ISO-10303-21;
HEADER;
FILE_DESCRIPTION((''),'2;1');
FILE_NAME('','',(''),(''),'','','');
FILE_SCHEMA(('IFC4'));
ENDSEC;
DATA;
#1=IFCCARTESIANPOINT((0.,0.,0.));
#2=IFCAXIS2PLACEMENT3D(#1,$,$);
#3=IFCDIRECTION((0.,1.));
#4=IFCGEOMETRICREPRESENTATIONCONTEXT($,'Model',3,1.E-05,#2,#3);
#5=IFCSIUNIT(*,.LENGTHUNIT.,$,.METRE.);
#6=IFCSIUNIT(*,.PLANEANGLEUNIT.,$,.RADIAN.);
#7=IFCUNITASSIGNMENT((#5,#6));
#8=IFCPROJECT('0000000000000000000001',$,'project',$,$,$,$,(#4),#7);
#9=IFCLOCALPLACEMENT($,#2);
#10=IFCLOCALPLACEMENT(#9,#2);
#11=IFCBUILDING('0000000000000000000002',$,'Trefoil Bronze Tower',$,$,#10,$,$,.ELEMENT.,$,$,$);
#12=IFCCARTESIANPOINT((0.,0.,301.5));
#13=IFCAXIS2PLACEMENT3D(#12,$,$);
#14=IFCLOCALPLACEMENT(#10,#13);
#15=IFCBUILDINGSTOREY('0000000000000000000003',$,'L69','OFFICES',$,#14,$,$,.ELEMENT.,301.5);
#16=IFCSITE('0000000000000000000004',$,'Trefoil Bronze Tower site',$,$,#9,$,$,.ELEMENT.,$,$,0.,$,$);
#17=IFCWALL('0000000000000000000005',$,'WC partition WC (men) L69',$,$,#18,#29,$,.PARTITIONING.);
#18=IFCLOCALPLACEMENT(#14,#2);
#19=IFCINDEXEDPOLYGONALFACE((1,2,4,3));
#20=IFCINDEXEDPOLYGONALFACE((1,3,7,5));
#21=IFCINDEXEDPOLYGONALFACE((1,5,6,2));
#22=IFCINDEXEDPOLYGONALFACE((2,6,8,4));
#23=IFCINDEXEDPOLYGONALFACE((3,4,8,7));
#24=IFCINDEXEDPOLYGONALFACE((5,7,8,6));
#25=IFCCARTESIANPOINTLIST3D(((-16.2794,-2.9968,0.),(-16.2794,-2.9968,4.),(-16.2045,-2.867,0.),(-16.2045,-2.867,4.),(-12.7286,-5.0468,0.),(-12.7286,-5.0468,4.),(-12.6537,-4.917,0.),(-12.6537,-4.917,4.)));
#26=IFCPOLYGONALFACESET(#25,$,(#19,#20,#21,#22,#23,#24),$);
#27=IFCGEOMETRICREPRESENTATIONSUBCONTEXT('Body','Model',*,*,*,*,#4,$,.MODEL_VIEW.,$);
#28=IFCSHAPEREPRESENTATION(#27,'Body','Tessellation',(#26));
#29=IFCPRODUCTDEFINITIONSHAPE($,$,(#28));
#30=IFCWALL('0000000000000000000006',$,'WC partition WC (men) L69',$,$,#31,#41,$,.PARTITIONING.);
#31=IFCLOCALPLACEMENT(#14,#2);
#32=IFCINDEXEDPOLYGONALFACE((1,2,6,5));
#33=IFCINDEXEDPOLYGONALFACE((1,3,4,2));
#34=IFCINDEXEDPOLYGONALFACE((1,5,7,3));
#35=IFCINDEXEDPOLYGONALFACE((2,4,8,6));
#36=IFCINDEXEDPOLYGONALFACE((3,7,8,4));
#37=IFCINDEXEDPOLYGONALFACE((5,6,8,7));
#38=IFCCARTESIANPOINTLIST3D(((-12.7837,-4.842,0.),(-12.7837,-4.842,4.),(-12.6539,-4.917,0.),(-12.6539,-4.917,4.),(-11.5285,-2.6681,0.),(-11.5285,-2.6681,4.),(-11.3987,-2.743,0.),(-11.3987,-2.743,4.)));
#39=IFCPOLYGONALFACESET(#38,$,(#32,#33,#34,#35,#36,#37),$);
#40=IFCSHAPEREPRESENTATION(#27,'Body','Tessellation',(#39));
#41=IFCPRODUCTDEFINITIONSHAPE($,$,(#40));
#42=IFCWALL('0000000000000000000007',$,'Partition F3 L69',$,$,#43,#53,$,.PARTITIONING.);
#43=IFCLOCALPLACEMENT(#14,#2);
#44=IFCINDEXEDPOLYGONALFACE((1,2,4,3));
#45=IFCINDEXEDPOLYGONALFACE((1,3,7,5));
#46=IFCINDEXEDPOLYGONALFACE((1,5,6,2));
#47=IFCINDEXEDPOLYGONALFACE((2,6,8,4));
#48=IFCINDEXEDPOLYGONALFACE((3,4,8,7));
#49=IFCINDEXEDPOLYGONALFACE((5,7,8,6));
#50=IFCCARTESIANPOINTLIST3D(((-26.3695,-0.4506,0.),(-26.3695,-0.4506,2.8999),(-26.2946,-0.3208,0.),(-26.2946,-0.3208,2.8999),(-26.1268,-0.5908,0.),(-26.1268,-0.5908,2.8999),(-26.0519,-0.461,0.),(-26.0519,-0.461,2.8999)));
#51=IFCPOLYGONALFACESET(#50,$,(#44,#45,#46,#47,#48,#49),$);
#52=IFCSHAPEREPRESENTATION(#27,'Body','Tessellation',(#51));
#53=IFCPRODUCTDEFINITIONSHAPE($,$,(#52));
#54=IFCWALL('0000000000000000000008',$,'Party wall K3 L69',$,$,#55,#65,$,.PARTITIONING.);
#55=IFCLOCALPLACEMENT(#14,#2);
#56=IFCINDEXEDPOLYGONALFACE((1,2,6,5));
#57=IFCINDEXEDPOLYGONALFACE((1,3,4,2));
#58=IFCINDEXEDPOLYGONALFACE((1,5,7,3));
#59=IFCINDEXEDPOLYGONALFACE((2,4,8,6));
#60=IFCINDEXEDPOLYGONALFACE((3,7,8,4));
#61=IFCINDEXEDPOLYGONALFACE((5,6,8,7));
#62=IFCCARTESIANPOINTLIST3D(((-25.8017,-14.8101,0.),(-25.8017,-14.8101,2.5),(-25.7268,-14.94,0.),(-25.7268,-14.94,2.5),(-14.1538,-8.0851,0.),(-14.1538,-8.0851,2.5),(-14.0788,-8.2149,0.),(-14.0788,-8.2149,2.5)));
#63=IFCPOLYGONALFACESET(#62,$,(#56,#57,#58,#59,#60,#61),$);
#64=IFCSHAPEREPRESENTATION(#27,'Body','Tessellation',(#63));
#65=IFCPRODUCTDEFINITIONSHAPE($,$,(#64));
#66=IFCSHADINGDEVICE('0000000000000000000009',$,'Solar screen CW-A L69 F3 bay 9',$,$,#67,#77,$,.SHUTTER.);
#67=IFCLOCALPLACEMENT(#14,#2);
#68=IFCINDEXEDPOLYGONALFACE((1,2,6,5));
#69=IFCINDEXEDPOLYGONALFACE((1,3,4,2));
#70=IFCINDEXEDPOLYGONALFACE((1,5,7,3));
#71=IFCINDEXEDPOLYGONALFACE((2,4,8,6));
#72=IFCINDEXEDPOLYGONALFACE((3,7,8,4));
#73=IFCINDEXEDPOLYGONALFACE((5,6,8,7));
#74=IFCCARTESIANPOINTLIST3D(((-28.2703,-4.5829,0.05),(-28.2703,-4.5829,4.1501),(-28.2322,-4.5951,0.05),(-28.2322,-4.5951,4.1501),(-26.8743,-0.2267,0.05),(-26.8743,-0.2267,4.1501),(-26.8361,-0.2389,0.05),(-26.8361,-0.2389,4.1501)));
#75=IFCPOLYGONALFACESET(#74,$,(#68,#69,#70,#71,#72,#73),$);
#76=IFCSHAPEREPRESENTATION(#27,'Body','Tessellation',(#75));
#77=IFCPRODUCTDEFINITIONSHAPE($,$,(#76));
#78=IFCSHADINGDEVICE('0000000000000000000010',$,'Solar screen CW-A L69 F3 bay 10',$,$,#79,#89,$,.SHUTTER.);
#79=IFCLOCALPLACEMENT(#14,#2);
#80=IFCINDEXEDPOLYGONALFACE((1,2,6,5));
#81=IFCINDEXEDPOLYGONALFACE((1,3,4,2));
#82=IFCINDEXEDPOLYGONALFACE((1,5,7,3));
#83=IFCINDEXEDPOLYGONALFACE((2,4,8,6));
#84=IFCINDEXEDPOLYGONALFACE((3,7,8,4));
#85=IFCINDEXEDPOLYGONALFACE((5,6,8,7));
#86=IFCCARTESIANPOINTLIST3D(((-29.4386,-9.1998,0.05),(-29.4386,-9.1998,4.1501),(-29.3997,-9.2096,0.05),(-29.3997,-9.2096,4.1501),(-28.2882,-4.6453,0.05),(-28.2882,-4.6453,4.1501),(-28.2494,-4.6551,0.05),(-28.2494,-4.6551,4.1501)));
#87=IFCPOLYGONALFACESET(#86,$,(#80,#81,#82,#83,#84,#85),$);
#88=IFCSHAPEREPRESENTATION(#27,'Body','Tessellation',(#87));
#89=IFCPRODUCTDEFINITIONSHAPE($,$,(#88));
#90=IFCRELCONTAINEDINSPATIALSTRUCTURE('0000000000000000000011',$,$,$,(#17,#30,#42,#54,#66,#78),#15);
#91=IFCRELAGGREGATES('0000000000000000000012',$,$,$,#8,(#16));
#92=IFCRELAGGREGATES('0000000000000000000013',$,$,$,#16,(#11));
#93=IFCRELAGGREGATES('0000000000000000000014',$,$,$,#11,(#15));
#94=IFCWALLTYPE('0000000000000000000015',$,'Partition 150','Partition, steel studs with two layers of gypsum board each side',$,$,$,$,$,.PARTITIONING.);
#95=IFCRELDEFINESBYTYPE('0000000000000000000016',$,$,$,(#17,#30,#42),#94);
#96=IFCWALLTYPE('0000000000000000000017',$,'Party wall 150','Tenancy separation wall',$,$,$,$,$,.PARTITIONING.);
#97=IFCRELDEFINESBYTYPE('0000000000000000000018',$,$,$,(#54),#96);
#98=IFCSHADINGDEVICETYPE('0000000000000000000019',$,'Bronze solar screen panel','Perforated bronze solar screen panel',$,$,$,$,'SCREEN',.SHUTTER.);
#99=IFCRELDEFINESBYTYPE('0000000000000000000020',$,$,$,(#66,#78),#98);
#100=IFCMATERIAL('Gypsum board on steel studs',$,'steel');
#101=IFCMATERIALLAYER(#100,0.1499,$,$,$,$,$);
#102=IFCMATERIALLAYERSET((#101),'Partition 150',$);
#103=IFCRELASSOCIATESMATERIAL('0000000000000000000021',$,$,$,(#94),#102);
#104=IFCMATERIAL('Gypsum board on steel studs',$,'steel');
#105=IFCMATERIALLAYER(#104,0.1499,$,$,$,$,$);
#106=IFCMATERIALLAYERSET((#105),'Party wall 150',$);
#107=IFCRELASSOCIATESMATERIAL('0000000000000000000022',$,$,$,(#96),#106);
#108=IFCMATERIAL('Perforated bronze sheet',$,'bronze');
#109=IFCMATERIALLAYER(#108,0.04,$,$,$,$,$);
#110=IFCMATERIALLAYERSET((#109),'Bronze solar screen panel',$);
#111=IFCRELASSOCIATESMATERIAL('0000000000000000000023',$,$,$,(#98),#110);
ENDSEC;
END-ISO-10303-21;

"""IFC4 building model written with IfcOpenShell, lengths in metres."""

from ifc_helpers import new_model, si_unit, direction, frame, frame_2d, origin, origin_2d, place, context, subcontext, project, spatial, rectangle, extrude, material, layer, layer_set, type_object, element, save


model = new_model("IFC4")

# Units and contexts
model_context = context("Model", 3, precision=1e-05, world=origin(), true_north=direction((0.0, 1.0)))
body_context = subcontext(model_context, "Body", "Model", "MODEL_VIEW")
ifc_project = project(units=[si_unit("LENGTHUNIT", "METRE"), si_unit("PLANEANGLEUNIT", "RADIAN")], contexts=[model_context])

# Site, building, storey
site_placement = place(None, origin())
site = spatial("IfcSite", under=ifc_project, at=site_placement, Name="Trefoil Bronze Tower site", CompositionType="ELEMENT", RefElevation=0.0)
building_placement = place(site_placement, origin())
building = spatial("IfcBuilding", under=site, at=building_placement, Name="Trefoil Bronze Tower", CompositionType="ELEMENT")
storey_placement = place(building_placement, frame((0.0, 0.0, 301.5)))
storey = spatial("IfcBuildingStorey", under=building, at=storey_placement, Name="L69", Description="OFFICES", CompositionType="ELEMENT", Elevation=301.5)

# Walls
ifc_material_1 = material(Name="Gypsum board on steel studs", Category="steel")
ifc_layer_1 = layer(ifc_material_1, 0.1499)
ifc_layer_set_1 = layer_set([ifc_layer_1], Name="Partition 150")
wall_type_1 = type_object("IfcWallType", Name="Partition 150", Description="Partition, steel studs with two layers of gypsum board each side", PredefinedType="PARTITIONING", material=ifc_layer_set_1)
wall_1_placement = place(storey_placement, frame((-12.6912, -4.9819, 0.0), z_axis=(0.0, 0.0, 1.0), x_axis=(-0.866025, 0.500001, 0.0)))
element("IfcWall", 1, at=wall_1_placement, inside=storey, type_object=wall_type_1, Name="WC partition WC (men) L69", PredefinedType="PARTITIONING", context=body_context, shape_type="SweptSolid", body=[
    extrude(rectangle(XDim=4.1001, YDim=0.1499, at=frame_2d((2.05, 0.0))), origin(), (0.0, 0.0, 1.0), 4.0),
])
wall_2_placement = place(storey_placement, frame((-11.4636, -2.7056, 0.0), z_axis=(0.0, 0.0, 1.0), x_axis=(-0.50002, -0.866014, 0.0)))
element("IfcWall", 2, at=wall_2_placement, inside=storey, type_object=wall_type_1, Name="WC partition WC (men) L69", PredefinedType="PARTITIONING", context=body_context, shape_type="SweptSolid", body=[
    extrude(rectangle(XDim=2.5103, YDim=0.1499, at=frame_2d((1.2551, 0.0))), origin(), (0.0, 0.0, 1.0), 4.0),
])
wall_3_placement = place(storey_placement, frame((-26.0894, -0.5259, 0.0), z_axis=(0.0, 0.0, 1.0), x_axis=(-0.865982, 0.500074, 0.0)))
element("IfcWall", 3, at=wall_3_placement, inside=storey, type_object=wall_type_1, Name="Partition F3 L69", PredefinedType="PARTITIONING", context=body_context, shape_type="SweptSolid", body=[
    extrude(rectangle(XDim=0.2803, YDim=0.1499, at=frame_2d((0.1401, 0.0))), origin(), (0.0, 0.0, 1.0), 2.8999),
])
ifc_material_2 = material(Name="Gypsum board on steel studs", Category="steel")
ifc_layer_2 = layer(ifc_material_2, 0.1499)
ifc_layer_set_2 = layer_set([ifc_layer_2], Name="Party wall 150")
wall_type_2 = type_object("IfcWallType", Name="Party wall 150", Description="Tenancy separation wall", PredefinedType="PARTITIONING", material=ifc_layer_set_2)
wall_4_placement = place(storey_placement, frame((-14.1162, -8.1499, 0.0), z_axis=(0.0, 0.0, 1.0), x_axis=(-0.866021, -0.500008, 0.0)))
element("IfcWall", 4, at=wall_4_placement, inside=storey, type_object=wall_type_2, Name="Party wall K3 L69", PredefinedType="PARTITIONING", context=body_context, shape_type="SweptSolid", body=[
    extrude(rectangle(XDim=13.45, YDim=0.1499, at=frame_2d((6.7251, 0.0))), origin(), (0.0, 0.0, 1.0), 2.5),
])

# Shading devices
ifc_material_3 = material(Name="Perforated bronze sheet", Category="bronze")
ifc_layer_3 = layer(ifc_material_3, 0.04)
ifc_layer_set_3 = layer_set([ifc_layer_3], Name="Bronze solar screen panel")
shading_device_type = type_object("IfcShadingDeviceType", Name="Bronze solar screen panel", Description="Perforated bronze solar screen panel", ElementType="SCREEN", PredefinedType="SHUTTER", material=ifc_layer_set_3)
shading_device_1_placement = place(storey_placement, frame((-27.5532, -2.4109, 0.05), z_axis=(0.0, 0.0, 1.0), x_axis=(-0.305188, -0.952292, 0.0)))
element("IfcShadingDevice", 5, at=shading_device_1_placement, inside=storey, type_object=shading_device_type, Name="Solar screen CW-A L69 F3 bay 9", PredefinedType="SHUTTER", context=body_context, shape_type="SweptSolid", body=[
    extrude(rectangle(XDim=4.5745, YDim=0.04, at=origin_2d()), origin(), (0.0, 0.0, 1.0), 4.1001),
])
shading_device_2_placement = place(storey_placement, frame((-28.844, -6.9275, 0.05), z_axis=(0.0, 0.0, 1.0), x_axis=(-0.24488, -0.969554, 0.0)))
element("IfcShadingDevice", 6, at=shading_device_2_placement, inside=storey, type_object=shading_device_type, Name="Solar screen CW-A L69 F3 bay 10", PredefinedType="SHUTTER", context=body_context, shape_type="SweptSolid", body=[
    extrude(rectangle(XDim=4.6975, YDim=0.04, at=origin_2d()), origin(), (0.0, 0.0, 1.0), 4.1001),
])

save(model, "model.ifc")
